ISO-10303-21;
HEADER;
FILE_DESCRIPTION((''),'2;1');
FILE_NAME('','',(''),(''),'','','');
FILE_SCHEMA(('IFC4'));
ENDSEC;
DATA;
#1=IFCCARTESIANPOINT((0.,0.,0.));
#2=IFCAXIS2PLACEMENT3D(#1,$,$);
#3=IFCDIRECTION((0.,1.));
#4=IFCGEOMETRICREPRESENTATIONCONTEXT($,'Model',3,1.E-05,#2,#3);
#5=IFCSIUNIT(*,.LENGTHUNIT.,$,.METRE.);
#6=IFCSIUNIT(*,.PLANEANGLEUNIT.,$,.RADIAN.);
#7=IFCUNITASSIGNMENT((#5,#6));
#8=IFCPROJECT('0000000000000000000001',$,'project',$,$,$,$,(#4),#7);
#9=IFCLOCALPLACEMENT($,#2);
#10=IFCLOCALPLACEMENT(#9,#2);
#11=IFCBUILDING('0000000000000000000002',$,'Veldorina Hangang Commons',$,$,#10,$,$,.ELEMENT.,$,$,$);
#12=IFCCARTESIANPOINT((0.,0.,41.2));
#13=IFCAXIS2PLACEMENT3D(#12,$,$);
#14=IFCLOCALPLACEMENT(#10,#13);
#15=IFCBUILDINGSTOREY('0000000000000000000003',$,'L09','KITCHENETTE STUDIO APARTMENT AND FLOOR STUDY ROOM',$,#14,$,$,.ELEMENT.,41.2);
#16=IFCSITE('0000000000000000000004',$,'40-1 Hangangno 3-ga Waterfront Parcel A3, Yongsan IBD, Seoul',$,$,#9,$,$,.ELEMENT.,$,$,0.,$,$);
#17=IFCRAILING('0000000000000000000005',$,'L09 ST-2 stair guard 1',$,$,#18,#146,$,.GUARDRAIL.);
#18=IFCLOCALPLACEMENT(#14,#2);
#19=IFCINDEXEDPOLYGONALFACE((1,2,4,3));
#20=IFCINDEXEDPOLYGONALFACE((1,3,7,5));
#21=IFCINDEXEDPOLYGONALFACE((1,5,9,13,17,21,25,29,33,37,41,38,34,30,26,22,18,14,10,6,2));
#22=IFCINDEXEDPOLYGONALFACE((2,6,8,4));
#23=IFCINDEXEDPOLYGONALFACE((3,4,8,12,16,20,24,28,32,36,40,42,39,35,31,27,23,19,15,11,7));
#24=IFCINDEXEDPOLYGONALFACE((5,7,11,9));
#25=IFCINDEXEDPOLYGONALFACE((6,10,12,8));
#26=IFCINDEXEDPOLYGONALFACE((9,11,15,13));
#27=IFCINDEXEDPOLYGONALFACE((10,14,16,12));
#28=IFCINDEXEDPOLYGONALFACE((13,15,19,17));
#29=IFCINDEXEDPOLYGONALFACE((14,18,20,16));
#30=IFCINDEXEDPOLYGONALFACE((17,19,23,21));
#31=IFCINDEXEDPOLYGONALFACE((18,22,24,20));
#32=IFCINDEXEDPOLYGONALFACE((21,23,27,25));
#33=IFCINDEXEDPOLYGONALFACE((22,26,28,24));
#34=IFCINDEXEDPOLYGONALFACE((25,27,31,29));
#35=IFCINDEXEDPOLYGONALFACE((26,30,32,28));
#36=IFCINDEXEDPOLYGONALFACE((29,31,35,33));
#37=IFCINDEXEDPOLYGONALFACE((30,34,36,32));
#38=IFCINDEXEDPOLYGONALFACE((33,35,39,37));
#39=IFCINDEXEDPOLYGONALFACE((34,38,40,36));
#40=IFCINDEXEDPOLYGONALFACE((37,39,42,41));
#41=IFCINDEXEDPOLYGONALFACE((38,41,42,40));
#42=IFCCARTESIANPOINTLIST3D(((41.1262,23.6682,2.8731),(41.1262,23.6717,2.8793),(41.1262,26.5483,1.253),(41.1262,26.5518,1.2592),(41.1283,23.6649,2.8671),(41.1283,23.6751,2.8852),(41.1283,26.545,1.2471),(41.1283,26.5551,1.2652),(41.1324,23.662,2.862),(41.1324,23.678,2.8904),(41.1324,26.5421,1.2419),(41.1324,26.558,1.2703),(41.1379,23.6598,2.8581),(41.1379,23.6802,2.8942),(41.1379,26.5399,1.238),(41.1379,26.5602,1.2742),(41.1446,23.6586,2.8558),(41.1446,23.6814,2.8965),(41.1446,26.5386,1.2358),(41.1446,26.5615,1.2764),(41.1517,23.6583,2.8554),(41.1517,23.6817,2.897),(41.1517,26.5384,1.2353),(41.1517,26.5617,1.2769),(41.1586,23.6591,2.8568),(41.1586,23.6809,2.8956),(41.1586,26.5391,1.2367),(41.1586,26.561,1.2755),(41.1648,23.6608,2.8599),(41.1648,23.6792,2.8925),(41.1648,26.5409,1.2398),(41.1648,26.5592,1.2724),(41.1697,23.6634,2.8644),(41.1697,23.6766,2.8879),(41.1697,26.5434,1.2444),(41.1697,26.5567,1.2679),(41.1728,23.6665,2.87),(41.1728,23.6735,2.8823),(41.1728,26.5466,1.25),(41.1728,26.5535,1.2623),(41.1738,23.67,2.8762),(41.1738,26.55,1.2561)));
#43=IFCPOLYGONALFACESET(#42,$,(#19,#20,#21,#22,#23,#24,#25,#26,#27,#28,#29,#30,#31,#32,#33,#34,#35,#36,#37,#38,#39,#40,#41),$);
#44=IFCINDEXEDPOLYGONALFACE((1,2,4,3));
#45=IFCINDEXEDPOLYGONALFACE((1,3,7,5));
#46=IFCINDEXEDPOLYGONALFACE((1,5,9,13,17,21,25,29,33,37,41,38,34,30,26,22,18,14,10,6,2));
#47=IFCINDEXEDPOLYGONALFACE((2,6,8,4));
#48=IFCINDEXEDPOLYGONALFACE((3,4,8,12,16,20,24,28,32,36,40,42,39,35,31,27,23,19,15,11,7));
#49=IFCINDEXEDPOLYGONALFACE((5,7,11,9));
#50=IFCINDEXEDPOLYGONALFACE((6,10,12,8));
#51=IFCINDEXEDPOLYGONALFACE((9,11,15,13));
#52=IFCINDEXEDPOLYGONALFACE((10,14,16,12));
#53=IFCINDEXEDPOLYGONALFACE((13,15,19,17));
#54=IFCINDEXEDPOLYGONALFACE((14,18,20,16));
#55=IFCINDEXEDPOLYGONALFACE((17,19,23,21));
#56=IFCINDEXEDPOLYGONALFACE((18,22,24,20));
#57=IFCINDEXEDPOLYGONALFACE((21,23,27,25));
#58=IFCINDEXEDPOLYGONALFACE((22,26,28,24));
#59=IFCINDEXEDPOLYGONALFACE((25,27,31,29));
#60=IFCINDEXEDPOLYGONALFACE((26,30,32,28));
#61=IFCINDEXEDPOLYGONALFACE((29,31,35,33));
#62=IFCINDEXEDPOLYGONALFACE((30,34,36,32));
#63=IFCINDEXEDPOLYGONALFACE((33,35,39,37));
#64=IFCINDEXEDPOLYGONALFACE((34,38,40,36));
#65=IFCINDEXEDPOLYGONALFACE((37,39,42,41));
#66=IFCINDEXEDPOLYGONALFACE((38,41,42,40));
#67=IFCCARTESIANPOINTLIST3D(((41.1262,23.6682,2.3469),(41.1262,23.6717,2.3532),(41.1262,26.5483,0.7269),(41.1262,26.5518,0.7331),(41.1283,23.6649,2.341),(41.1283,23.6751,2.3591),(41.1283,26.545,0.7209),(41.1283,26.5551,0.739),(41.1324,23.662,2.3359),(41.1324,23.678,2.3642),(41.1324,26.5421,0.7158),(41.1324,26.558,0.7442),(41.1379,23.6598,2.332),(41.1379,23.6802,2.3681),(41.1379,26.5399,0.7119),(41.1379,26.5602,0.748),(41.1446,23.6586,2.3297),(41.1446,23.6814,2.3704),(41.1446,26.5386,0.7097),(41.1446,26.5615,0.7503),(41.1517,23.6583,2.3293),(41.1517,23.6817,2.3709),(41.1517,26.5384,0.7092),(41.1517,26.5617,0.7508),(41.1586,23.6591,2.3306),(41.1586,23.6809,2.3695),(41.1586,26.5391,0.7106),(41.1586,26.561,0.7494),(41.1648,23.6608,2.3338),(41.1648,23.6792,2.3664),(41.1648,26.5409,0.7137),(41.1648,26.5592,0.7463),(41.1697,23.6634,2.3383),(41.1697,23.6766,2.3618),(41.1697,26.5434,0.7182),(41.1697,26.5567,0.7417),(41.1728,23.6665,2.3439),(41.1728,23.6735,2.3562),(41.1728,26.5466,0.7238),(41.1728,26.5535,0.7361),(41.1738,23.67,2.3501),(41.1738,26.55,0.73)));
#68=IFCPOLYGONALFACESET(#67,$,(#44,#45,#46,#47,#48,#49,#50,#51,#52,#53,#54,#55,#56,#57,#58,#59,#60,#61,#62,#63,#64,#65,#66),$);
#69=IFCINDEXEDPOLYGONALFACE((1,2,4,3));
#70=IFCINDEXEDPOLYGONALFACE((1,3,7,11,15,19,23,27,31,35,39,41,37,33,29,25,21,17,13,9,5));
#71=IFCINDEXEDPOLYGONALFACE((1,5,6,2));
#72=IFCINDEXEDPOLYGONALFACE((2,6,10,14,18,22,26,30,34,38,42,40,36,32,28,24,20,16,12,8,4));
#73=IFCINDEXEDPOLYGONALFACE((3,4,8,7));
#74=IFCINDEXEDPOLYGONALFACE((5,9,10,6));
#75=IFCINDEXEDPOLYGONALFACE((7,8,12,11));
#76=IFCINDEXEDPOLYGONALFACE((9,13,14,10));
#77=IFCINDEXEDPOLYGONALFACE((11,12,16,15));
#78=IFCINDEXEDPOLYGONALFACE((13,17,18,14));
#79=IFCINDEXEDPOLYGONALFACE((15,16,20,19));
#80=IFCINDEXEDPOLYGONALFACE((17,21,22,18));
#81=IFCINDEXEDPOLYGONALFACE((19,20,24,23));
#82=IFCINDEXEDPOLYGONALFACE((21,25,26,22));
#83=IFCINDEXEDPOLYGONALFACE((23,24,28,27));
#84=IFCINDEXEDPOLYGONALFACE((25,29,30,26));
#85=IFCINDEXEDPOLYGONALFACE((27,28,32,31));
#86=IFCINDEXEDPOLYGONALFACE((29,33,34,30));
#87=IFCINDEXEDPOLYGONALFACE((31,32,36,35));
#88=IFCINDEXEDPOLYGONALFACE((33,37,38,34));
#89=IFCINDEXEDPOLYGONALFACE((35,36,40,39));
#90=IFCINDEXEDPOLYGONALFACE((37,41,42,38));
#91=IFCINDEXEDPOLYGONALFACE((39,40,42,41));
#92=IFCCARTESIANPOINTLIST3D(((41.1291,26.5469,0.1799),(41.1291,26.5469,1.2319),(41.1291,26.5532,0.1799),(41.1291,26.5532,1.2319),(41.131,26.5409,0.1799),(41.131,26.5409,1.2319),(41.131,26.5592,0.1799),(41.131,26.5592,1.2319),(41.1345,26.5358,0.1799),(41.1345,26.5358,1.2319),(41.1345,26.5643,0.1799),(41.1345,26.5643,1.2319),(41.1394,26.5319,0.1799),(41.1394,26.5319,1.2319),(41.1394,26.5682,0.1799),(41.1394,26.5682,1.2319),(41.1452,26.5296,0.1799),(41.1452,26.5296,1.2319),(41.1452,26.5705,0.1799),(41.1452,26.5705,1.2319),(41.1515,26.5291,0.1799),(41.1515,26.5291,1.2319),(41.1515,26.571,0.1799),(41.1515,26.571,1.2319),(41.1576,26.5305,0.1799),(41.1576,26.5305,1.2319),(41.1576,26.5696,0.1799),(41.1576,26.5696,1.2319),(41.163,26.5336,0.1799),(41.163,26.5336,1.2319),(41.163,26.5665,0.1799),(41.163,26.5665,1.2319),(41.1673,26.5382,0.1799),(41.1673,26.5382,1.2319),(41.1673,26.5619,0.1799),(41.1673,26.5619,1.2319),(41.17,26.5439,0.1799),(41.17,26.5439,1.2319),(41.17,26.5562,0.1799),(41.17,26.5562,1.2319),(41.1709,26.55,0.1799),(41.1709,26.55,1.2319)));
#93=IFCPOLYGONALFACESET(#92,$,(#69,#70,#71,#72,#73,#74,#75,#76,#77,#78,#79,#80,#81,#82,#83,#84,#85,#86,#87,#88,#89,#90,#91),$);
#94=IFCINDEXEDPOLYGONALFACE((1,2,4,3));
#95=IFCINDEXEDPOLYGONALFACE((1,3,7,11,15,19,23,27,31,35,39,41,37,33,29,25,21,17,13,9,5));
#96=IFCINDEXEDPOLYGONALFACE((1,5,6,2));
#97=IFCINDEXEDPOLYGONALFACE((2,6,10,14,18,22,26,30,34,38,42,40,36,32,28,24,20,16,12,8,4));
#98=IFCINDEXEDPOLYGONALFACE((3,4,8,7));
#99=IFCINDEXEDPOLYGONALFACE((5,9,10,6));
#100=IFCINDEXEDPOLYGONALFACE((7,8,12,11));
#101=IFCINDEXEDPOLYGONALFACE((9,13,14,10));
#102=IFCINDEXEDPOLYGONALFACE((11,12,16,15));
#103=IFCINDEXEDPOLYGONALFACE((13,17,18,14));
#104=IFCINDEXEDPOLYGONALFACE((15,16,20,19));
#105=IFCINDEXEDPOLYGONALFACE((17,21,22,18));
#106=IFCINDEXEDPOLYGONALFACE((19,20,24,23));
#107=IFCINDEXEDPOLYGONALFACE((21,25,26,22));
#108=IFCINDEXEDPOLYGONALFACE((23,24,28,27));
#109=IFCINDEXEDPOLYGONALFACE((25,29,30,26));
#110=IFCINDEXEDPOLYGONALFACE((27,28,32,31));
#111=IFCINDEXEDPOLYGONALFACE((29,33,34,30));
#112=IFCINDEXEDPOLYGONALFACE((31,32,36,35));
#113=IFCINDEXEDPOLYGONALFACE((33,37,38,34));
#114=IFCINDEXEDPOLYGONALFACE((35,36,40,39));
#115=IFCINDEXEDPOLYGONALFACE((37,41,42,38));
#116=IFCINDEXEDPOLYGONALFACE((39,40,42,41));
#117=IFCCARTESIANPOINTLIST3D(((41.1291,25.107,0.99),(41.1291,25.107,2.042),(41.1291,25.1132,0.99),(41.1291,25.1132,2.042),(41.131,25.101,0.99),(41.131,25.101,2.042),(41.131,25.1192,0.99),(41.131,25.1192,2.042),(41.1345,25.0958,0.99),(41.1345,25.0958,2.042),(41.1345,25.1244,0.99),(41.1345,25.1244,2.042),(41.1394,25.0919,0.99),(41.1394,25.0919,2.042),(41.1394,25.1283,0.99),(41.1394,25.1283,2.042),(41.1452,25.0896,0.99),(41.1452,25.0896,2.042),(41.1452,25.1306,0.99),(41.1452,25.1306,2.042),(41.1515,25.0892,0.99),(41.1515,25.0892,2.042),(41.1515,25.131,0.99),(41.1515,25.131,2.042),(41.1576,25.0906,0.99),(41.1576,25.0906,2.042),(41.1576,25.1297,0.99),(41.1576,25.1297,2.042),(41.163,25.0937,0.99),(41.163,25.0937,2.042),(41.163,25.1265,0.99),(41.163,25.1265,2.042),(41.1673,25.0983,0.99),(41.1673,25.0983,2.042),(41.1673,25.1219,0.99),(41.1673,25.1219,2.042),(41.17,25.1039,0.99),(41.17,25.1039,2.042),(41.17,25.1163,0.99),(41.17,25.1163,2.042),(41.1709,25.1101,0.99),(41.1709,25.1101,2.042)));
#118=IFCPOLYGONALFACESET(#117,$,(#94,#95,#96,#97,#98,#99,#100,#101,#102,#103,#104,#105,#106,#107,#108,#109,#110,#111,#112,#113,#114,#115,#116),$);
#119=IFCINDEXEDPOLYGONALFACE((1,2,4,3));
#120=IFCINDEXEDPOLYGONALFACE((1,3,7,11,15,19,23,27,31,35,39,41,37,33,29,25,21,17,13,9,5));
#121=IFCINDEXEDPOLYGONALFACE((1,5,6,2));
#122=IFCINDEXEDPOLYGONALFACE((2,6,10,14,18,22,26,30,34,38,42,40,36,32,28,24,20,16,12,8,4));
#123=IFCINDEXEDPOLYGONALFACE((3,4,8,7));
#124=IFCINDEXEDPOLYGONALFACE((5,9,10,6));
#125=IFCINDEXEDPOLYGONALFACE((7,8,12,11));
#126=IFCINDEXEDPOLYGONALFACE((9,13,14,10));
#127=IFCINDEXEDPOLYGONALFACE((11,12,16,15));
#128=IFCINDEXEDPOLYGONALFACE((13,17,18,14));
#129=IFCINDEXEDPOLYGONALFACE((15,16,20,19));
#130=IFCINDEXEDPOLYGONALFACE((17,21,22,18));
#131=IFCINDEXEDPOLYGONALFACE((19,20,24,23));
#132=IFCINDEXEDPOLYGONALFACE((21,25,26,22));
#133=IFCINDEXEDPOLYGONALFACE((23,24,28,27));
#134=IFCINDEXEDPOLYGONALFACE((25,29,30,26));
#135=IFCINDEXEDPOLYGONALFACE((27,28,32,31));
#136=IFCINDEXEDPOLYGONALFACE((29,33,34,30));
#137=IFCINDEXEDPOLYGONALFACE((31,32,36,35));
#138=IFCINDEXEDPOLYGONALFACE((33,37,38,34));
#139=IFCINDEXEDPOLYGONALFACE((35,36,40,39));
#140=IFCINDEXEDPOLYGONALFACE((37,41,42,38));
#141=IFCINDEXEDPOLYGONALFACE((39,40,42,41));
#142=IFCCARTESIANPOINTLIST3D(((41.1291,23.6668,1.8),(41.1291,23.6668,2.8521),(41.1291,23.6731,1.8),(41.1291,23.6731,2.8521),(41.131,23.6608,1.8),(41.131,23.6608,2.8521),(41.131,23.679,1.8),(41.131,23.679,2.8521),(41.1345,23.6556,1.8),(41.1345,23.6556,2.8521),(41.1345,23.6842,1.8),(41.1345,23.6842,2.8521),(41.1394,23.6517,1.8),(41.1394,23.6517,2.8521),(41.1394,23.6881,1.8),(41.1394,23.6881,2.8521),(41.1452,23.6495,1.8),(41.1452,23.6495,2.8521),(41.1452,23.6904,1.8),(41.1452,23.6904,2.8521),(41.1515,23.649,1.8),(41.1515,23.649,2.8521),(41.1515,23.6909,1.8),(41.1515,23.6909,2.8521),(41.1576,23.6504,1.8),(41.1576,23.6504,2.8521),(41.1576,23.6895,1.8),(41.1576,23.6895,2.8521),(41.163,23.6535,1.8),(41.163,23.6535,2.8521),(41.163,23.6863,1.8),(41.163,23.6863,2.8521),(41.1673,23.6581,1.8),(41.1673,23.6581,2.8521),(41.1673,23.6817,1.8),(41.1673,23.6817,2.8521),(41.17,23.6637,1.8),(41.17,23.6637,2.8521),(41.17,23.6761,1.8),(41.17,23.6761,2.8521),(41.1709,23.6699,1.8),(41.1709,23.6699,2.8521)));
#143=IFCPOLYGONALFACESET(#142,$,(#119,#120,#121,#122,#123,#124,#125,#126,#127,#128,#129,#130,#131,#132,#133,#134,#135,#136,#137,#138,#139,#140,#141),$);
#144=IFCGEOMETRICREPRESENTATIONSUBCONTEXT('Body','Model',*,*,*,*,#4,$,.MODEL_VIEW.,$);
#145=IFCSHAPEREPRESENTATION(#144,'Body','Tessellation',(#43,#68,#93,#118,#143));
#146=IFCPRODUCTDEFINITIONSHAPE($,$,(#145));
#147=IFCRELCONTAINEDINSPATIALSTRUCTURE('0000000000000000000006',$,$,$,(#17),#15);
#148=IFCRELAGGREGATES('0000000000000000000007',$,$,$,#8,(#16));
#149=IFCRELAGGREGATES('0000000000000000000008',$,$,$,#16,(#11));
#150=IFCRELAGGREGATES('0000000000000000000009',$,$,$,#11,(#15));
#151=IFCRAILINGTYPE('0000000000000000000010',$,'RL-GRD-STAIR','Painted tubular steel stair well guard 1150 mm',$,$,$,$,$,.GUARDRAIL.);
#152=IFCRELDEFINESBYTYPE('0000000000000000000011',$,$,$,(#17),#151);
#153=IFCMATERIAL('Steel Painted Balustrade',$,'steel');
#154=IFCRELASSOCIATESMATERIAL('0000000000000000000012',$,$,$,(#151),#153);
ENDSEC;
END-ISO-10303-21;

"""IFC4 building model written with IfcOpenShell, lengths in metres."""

from ifc_helpers import new_model, si_unit, direction, frame, origin, origin_2d, place, context, subcontext, project, spatial, circle, extrude, material, type_object, element, save


model = new_model("IFC4")

# Units and contexts
model_context = context("Model", 3, precision=1e-05, world=origin(), true_north=direction((0.0, 1.0)))
body_context = subcontext(model_context, "Body", "Model", "MODEL_VIEW")
ifc_project = project(units=[si_unit("LENGTHUNIT", "METRE"), si_unit("PLANEANGLEUNIT", "RADIAN")], contexts=[model_context])

# Site, building, storey
site_placement = place(None, origin())
site = spatial("IfcSite", under=ifc_project, at=site_placement, Name="40-1 Hangangno 3-ga Waterfront Parcel A3, Yongsan IBD, Seoul", CompositionType="ELEMENT", RefElevation=0.0)
building_placement = place(site_placement, origin())
building = spatial("IfcBuilding", under=site, at=building_placement, Name="Veldorina Hangang Commons", CompositionType="ELEMENT")
storey_placement = place(building_placement, frame((0.0, 0.0, 41.2)))
storey = spatial("IfcBuildingStorey", under=building, at=storey_placement, Name="L09", Description="KITCHENETTE STUDIO APARTMENT AND FLOOR STUDY ROOM", CompositionType="ELEMENT", Elevation=41.2)

# Railing
ifc_material_1 = material(Name="Steel Painted Balustrade", Category="steel")
railing_type_1 = type_object("IfcRailingType", Name="RL-GRD-STAIR", Description="Painted tubular steel stair well guard 1150 mm", PredefinedType="GUARDRAIL", material=ifc_material_1)
railing_1_placement = place(storey_placement, frame((41.1499, 26.55, 0.1799)))
element("IfcRailing", 1, at=railing_1_placement, inside=storey, type_object=railing_type_1, Name="L09 ST-2 stair guard 1", PredefinedType="GUARDRAIL", context=body_context, shape_type="SweptSolid", body=[
    extrude(circle(Radius=0.0239, at=origin_2d()), frame((0.0, 0.0, 1.0762), z_axis=(0.0, -0.87157, 0.490272), x_axis=(1.0, 0.0, 0.0)), (0.0, 0.0, 1.0), 3.3044),
    extrude(circle(Radius=0.0239, at=origin_2d()), frame((0.0, 0.0, 0.55), z_axis=(0.0, -0.87157, 0.490272), x_axis=(1.0, 0.0, 0.0)), (0.0, 0.0, 1.0), 3.3044),
    extrude(circle(Radius=0.021, at=origin_2d()), origin(), (0.0, 0.0, 1.0), 1.052),
    extrude(circle(Radius=0.021, at=origin_2d()), frame((0.0, -1.4399, 0.8101)), (0.0, 0.0, 1.0), 1.052),
    extrude(circle(Radius=0.021, at=origin_2d()), frame((0.0, -2.8801, 1.6201)), (0.0, 0.0, 1.0), 1.052),
])

save(model, "model.ifc")
